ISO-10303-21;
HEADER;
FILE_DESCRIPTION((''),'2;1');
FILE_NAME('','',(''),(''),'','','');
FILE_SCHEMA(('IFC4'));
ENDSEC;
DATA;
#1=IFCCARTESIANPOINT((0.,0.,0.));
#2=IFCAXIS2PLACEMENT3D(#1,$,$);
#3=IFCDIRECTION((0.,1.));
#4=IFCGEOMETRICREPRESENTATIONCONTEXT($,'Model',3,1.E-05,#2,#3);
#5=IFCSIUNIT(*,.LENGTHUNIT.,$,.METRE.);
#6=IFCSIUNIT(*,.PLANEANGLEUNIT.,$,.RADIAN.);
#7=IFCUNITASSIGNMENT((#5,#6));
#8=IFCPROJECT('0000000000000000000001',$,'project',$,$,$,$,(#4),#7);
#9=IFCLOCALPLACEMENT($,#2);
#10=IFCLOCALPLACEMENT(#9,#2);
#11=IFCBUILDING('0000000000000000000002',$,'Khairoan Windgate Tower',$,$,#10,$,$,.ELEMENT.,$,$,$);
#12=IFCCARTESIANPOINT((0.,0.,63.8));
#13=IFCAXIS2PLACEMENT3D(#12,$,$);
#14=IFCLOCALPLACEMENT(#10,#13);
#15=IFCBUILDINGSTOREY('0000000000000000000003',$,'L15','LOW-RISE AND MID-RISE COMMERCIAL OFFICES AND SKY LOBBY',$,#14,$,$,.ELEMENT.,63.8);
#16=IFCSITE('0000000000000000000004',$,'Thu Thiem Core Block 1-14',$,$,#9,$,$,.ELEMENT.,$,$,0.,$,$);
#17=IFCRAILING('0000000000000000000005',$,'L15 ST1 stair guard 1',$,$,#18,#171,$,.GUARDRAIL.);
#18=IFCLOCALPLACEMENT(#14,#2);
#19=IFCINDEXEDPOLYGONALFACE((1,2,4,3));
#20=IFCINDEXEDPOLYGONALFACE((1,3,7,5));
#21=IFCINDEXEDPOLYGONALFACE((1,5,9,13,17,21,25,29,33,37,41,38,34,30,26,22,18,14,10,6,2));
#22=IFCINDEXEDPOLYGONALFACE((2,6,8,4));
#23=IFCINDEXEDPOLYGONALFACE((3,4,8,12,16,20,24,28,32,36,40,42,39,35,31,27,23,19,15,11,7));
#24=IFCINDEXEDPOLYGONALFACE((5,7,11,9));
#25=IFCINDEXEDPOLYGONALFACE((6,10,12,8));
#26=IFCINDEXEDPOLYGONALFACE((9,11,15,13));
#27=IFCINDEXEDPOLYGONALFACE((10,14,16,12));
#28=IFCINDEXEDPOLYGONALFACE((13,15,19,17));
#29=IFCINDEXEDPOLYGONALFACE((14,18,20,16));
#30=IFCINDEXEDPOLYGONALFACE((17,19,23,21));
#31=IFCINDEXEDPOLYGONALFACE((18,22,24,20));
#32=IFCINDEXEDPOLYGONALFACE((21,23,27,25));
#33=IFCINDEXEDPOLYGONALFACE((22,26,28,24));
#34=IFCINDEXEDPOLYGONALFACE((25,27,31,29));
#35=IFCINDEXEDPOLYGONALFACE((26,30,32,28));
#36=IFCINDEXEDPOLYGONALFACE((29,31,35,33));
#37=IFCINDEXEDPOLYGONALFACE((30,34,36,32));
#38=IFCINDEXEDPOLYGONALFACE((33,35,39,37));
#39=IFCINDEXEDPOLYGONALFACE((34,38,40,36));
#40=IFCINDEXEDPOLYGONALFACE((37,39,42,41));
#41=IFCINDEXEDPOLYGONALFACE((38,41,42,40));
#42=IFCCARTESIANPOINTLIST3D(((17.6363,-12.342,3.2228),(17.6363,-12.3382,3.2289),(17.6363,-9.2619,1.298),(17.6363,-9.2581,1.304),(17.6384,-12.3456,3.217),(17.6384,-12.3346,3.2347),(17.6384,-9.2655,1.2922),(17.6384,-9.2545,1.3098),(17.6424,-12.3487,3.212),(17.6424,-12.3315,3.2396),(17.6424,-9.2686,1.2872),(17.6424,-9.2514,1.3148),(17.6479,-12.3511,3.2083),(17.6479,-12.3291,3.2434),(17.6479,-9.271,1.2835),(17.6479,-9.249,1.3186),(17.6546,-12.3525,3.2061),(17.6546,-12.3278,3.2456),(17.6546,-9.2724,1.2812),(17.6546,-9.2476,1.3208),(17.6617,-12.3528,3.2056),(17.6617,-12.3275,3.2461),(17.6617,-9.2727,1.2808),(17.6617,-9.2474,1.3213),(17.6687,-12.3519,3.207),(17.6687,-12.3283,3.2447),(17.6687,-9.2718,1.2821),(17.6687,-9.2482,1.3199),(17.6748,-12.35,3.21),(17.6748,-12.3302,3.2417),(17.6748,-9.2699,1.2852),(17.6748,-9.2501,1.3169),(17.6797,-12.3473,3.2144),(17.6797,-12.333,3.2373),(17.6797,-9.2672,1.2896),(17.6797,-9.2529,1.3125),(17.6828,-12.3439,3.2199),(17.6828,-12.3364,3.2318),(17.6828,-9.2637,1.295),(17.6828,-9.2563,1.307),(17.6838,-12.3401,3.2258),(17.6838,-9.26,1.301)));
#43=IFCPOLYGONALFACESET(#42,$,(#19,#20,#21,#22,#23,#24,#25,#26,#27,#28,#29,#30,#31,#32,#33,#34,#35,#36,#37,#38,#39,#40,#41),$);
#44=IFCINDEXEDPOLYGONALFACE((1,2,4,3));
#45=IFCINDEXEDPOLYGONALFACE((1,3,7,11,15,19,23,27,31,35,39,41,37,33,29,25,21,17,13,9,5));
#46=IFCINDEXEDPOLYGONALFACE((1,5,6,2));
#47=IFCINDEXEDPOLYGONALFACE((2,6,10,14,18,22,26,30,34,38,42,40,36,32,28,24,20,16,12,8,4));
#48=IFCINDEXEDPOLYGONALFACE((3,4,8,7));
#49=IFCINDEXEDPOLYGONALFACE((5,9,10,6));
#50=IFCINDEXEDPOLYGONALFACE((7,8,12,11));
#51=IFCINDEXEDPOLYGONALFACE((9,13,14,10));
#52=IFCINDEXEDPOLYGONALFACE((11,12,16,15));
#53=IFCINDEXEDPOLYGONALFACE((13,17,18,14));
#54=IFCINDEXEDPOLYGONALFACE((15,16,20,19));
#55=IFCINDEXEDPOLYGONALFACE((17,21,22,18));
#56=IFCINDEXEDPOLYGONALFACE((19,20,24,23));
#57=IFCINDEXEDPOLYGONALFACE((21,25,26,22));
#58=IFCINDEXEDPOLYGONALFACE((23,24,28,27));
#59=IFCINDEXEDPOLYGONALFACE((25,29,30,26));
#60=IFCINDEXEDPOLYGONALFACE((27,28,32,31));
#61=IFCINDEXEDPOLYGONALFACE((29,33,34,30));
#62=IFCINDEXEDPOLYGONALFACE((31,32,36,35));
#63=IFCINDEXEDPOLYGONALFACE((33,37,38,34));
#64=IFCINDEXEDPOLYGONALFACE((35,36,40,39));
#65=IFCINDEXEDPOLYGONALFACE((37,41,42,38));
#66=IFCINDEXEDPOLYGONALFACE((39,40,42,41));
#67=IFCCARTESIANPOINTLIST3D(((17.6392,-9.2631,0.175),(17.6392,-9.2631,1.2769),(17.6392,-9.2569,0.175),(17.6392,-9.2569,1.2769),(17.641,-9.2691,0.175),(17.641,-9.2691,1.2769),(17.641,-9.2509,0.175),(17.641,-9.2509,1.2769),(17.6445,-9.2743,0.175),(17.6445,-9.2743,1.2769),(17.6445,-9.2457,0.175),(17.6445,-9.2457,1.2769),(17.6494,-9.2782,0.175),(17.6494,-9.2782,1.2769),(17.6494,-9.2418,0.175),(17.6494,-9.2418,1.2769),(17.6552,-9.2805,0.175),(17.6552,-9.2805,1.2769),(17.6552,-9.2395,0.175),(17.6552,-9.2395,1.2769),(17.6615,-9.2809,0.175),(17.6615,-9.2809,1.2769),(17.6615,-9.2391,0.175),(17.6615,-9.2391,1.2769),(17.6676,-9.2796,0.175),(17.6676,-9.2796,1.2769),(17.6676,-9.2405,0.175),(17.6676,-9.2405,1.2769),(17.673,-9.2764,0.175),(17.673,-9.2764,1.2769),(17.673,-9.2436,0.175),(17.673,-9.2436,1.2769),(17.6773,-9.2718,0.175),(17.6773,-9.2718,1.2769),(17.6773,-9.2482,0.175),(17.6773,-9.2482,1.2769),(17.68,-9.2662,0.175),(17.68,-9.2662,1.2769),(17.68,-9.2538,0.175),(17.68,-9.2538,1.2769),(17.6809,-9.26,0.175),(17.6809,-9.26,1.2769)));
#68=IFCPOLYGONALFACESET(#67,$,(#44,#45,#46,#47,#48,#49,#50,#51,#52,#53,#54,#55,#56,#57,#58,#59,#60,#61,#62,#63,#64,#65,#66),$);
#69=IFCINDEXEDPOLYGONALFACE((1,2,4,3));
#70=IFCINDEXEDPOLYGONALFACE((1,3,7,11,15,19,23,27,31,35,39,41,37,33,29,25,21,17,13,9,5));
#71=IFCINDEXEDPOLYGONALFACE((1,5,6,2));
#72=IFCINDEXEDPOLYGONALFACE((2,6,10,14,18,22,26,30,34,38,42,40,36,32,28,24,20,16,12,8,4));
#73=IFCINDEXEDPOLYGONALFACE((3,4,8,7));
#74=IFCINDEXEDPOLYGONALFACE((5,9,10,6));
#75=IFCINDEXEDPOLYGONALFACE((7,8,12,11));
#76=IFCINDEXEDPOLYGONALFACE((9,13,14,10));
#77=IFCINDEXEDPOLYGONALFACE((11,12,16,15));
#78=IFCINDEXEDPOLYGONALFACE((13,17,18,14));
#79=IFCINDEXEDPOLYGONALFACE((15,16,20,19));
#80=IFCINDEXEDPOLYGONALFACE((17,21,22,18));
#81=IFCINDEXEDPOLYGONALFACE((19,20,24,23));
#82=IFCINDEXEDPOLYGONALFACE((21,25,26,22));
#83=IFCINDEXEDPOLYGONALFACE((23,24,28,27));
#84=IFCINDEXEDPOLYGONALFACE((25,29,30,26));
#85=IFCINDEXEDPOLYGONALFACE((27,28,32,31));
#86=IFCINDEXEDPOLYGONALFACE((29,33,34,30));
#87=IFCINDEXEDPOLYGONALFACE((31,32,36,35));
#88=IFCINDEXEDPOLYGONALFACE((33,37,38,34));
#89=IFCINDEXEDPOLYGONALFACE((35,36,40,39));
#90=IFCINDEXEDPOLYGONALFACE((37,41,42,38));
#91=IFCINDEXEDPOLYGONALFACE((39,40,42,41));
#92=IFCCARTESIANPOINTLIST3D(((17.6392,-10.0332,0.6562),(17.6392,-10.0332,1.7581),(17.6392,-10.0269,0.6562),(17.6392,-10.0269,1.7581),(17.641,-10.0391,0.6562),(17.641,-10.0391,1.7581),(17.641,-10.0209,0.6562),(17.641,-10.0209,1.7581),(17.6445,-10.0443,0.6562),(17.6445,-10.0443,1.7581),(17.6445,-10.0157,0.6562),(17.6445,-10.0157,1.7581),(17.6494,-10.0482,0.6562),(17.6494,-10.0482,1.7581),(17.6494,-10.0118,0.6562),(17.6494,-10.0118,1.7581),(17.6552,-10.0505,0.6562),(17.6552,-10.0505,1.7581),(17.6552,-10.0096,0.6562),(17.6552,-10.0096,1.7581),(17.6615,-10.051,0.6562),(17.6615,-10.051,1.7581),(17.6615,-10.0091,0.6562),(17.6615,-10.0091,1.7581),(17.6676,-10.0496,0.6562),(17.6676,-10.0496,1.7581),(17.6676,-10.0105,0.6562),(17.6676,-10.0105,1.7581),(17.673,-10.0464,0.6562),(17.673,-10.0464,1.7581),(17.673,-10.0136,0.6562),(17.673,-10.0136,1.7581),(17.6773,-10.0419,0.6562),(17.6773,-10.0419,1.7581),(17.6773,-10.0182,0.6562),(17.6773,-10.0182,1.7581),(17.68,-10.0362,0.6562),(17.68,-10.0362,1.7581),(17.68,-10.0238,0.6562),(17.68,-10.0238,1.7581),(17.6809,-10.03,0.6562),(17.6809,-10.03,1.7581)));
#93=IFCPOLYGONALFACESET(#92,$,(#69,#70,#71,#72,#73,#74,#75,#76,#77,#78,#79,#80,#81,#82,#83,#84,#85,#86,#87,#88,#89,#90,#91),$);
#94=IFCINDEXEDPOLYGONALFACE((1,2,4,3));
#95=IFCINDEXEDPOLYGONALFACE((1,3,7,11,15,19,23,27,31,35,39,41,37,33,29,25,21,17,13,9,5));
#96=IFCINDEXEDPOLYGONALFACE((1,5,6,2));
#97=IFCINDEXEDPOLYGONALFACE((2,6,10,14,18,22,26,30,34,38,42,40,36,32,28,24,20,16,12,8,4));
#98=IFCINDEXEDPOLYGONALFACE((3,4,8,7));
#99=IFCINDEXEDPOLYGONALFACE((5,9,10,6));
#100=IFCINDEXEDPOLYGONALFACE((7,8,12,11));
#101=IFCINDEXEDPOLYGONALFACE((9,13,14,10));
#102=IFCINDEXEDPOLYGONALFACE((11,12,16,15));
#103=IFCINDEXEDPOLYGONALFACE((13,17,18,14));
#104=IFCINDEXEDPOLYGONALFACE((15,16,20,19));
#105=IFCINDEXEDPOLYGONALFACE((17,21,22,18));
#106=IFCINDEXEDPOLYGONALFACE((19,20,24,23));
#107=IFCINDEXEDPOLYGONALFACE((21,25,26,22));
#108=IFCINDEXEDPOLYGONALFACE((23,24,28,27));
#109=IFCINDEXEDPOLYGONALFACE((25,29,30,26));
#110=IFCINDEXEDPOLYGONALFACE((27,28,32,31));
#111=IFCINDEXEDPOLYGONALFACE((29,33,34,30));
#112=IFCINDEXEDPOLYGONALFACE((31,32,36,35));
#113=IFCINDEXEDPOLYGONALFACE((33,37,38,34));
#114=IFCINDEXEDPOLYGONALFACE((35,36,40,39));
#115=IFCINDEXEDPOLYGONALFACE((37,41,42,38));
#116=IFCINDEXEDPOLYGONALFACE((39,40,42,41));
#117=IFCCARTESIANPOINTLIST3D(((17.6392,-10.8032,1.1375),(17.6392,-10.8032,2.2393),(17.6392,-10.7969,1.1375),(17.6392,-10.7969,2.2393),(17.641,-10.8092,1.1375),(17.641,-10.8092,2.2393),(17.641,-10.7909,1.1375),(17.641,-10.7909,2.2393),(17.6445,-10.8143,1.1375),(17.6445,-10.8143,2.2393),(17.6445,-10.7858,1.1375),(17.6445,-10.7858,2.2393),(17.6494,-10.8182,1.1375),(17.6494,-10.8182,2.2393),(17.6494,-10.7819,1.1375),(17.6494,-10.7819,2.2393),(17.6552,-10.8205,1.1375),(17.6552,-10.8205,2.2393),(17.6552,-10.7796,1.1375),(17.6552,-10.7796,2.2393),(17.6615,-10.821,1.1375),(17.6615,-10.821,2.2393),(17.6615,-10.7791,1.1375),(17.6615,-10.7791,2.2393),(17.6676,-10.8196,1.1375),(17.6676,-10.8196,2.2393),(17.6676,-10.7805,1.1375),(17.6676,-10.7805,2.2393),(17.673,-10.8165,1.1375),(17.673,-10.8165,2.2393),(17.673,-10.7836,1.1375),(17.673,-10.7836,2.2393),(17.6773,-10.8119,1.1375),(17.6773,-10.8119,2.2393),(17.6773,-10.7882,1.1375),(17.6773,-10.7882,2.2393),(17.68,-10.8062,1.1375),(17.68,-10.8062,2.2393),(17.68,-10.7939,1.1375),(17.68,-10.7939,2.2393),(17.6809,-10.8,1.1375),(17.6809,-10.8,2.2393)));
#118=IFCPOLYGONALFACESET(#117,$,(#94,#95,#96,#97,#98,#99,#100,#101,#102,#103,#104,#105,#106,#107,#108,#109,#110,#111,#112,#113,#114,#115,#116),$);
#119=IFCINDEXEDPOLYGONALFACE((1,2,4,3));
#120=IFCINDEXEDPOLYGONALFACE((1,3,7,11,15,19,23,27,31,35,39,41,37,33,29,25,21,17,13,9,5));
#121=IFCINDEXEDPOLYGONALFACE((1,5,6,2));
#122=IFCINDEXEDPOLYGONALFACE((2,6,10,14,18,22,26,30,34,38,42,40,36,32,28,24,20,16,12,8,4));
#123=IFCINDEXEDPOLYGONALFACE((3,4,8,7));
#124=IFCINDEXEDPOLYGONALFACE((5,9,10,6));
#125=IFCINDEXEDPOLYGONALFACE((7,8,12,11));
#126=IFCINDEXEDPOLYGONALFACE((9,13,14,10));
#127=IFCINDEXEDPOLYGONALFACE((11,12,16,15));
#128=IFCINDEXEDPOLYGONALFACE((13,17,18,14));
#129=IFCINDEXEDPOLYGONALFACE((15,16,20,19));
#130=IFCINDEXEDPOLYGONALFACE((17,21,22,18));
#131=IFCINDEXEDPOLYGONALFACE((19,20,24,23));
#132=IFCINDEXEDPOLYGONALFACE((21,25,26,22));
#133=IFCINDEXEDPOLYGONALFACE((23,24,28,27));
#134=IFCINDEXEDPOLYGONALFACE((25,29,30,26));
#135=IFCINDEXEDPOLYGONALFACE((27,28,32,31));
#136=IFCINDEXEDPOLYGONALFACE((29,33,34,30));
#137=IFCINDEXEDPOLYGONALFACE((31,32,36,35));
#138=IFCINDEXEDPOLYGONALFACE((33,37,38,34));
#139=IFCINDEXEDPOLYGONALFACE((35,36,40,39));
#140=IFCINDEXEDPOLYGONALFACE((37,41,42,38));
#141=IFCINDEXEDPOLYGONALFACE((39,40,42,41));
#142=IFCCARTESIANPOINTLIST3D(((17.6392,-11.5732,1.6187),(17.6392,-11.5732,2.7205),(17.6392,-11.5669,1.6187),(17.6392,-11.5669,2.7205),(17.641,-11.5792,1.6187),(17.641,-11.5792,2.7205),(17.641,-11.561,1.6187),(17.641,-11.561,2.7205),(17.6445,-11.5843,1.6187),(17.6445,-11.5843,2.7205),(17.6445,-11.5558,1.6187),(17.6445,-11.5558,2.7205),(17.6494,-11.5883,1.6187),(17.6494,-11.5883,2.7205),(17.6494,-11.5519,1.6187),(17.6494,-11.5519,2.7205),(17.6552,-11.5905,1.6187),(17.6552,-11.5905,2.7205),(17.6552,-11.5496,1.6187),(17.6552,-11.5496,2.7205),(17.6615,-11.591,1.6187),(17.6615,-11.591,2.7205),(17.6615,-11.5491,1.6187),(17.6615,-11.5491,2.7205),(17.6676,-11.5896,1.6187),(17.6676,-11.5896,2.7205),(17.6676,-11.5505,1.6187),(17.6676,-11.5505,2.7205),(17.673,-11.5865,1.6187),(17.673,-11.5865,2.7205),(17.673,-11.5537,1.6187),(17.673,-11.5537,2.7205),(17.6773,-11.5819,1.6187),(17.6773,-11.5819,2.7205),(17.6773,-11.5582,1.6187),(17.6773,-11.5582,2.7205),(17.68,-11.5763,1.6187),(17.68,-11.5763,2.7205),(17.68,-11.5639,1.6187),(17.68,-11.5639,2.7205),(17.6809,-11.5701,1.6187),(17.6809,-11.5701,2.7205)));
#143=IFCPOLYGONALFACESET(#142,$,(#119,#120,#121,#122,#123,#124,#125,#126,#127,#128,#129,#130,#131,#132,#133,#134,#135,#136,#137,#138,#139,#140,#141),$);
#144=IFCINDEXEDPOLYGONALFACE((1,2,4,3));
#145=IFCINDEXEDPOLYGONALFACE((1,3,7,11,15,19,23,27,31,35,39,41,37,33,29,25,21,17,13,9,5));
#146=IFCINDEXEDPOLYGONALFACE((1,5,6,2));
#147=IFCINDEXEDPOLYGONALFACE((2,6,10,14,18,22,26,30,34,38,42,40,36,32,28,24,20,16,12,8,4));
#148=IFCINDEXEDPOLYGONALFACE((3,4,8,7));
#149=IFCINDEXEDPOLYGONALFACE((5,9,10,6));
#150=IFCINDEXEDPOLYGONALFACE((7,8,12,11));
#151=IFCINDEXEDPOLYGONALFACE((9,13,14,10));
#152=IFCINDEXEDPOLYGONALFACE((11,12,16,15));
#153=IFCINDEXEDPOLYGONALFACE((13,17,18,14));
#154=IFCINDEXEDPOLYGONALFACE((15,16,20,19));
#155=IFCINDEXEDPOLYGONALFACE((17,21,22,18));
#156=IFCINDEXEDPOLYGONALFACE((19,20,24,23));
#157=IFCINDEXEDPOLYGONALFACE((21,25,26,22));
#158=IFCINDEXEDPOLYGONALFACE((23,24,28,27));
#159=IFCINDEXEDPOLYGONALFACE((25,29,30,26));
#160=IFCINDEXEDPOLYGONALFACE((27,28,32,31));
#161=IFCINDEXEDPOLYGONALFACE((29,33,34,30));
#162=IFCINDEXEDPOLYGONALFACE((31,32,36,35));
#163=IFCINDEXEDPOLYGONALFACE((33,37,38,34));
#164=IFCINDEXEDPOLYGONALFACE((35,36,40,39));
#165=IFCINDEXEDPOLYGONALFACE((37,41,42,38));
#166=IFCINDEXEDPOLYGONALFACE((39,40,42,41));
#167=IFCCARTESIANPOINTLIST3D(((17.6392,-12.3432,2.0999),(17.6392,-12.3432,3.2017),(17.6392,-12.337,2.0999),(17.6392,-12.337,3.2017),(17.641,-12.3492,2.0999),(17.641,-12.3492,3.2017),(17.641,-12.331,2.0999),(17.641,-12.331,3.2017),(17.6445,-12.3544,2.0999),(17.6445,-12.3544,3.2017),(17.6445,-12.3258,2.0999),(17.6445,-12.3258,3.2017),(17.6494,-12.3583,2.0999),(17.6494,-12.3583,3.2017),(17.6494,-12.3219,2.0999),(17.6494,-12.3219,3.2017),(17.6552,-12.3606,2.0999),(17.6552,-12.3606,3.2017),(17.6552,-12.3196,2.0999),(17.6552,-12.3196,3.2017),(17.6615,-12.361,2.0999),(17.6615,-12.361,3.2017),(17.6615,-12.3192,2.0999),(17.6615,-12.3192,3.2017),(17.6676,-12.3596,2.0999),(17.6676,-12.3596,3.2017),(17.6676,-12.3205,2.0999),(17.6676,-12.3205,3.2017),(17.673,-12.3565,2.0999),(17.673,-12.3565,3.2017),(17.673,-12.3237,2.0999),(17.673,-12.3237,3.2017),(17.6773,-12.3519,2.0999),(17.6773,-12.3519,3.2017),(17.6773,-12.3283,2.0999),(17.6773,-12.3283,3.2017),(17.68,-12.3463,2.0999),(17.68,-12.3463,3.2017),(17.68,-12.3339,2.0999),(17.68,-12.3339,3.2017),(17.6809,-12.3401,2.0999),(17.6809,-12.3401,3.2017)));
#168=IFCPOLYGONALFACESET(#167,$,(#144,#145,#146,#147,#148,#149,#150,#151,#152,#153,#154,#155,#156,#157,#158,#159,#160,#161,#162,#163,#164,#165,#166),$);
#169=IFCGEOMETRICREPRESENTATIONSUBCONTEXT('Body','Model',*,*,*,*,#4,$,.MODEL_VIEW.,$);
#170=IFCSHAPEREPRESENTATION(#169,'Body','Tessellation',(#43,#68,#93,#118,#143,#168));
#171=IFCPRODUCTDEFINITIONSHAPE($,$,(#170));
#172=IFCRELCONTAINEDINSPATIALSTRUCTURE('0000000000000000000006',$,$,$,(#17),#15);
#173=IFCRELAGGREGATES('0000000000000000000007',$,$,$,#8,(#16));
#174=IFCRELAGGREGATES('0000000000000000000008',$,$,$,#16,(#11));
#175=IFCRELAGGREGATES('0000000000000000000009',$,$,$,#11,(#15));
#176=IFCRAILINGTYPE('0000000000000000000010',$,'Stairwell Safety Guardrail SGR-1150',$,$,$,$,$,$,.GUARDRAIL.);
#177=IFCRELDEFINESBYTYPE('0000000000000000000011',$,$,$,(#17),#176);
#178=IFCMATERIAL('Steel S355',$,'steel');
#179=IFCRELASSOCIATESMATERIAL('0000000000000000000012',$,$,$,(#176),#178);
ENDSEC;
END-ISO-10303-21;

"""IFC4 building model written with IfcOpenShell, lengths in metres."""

from ifc_helpers import new_model, si_unit, direction, frame, origin, origin_2d, place, context, subcontext, project, spatial, circle, extrude, material, type_object, element, save


model = new_model("IFC4")

# Units and contexts
model_context = context("Model", 3, precision=1e-05, world=origin(), true_north=direction((0.0, 1.0)))
body_context = subcontext(model_context, "Body", "Model", "MODEL_VIEW")
ifc_project = project(units=[si_unit("LENGTHUNIT", "METRE"), si_unit("PLANEANGLEUNIT", "RADIAN")], contexts=[model_context])

# Site, building, storey
site_placement = place(None, origin())
site = spatial("IfcSite", under=ifc_project, at=site_placement, Name="Thu Thiem Core Block 1-14", CompositionType="ELEMENT", RefElevation=0.0)
building_placement = place(site_placement, origin())
building = spatial("IfcBuilding", under=site, at=building_placement, Name="Khairoan Windgate Tower", CompositionType="ELEMENT")
storey_placement = place(building_placement, frame((0.0, 0.0, 63.8)))
storey = spatial("IfcBuildingStorey", under=building, at=storey_placement, Name="L15", Description="LOW-RISE AND MID-RISE COMMERCIAL OFFICES AND SKY LOBBY", CompositionType="ELEMENT", Elevation=63.8)

# Railing
ifc_material_1 = material(Name="Steel S355", Category="steel")
railing_type_1 = type_object("IfcRailingType", Name="Stairwell Safety Guardrail SGR-1150", PredefinedType="GUARDRAIL", material=ifc_material_1)
railing_1_placement = place(storey_placement, frame((17.6599, -9.26, 0.175)))
element("IfcRailing", 1, at=railing_1_placement, inside=storey, type_object=railing_type_1, Name="L15 ST1 stair guard 1", PredefinedType="GUARDRAIL", context=body_context, shape_type="SweptSolid", body=[
    extrude(circle(Radius=0.0239, at=origin_2d()), frame((0.0, 0.0, 1.126), z_axis=(0.0, -0.848029, 0.529951), x_axis=(1.0, 0.0, 0.0)), (0.0, 0.0, 1.0), 3.6321),
    extrude(circle(Radius=0.021, at=origin_2d()), origin(), (0.0, 0.0, 1.0), 1.1018),
    extrude(circle(Radius=0.021, at=origin_2d()), frame((0.0, -0.77, 0.4812)), (0.0, 0.0, 1.0), 1.1018),
    extrude(circle(Radius=0.021, at=origin_2d()), frame((0.0, -1.54, 0.9624)), (0.0, 0.0, 1.0), 1.1018),
    extrude(circle(Radius=0.021, at=origin_2d()), frame((0.0, -2.3101, 1.4436)), (0.0, 0.0, 1.0), 1.1018),
    extrude(circle(Radius=0.021, at=origin_2d()), frame((0.0, -3.0801, 1.9248)), (0.0, 0.0, 1.0), 1.1018),
])

save(model, "model.ifc")
